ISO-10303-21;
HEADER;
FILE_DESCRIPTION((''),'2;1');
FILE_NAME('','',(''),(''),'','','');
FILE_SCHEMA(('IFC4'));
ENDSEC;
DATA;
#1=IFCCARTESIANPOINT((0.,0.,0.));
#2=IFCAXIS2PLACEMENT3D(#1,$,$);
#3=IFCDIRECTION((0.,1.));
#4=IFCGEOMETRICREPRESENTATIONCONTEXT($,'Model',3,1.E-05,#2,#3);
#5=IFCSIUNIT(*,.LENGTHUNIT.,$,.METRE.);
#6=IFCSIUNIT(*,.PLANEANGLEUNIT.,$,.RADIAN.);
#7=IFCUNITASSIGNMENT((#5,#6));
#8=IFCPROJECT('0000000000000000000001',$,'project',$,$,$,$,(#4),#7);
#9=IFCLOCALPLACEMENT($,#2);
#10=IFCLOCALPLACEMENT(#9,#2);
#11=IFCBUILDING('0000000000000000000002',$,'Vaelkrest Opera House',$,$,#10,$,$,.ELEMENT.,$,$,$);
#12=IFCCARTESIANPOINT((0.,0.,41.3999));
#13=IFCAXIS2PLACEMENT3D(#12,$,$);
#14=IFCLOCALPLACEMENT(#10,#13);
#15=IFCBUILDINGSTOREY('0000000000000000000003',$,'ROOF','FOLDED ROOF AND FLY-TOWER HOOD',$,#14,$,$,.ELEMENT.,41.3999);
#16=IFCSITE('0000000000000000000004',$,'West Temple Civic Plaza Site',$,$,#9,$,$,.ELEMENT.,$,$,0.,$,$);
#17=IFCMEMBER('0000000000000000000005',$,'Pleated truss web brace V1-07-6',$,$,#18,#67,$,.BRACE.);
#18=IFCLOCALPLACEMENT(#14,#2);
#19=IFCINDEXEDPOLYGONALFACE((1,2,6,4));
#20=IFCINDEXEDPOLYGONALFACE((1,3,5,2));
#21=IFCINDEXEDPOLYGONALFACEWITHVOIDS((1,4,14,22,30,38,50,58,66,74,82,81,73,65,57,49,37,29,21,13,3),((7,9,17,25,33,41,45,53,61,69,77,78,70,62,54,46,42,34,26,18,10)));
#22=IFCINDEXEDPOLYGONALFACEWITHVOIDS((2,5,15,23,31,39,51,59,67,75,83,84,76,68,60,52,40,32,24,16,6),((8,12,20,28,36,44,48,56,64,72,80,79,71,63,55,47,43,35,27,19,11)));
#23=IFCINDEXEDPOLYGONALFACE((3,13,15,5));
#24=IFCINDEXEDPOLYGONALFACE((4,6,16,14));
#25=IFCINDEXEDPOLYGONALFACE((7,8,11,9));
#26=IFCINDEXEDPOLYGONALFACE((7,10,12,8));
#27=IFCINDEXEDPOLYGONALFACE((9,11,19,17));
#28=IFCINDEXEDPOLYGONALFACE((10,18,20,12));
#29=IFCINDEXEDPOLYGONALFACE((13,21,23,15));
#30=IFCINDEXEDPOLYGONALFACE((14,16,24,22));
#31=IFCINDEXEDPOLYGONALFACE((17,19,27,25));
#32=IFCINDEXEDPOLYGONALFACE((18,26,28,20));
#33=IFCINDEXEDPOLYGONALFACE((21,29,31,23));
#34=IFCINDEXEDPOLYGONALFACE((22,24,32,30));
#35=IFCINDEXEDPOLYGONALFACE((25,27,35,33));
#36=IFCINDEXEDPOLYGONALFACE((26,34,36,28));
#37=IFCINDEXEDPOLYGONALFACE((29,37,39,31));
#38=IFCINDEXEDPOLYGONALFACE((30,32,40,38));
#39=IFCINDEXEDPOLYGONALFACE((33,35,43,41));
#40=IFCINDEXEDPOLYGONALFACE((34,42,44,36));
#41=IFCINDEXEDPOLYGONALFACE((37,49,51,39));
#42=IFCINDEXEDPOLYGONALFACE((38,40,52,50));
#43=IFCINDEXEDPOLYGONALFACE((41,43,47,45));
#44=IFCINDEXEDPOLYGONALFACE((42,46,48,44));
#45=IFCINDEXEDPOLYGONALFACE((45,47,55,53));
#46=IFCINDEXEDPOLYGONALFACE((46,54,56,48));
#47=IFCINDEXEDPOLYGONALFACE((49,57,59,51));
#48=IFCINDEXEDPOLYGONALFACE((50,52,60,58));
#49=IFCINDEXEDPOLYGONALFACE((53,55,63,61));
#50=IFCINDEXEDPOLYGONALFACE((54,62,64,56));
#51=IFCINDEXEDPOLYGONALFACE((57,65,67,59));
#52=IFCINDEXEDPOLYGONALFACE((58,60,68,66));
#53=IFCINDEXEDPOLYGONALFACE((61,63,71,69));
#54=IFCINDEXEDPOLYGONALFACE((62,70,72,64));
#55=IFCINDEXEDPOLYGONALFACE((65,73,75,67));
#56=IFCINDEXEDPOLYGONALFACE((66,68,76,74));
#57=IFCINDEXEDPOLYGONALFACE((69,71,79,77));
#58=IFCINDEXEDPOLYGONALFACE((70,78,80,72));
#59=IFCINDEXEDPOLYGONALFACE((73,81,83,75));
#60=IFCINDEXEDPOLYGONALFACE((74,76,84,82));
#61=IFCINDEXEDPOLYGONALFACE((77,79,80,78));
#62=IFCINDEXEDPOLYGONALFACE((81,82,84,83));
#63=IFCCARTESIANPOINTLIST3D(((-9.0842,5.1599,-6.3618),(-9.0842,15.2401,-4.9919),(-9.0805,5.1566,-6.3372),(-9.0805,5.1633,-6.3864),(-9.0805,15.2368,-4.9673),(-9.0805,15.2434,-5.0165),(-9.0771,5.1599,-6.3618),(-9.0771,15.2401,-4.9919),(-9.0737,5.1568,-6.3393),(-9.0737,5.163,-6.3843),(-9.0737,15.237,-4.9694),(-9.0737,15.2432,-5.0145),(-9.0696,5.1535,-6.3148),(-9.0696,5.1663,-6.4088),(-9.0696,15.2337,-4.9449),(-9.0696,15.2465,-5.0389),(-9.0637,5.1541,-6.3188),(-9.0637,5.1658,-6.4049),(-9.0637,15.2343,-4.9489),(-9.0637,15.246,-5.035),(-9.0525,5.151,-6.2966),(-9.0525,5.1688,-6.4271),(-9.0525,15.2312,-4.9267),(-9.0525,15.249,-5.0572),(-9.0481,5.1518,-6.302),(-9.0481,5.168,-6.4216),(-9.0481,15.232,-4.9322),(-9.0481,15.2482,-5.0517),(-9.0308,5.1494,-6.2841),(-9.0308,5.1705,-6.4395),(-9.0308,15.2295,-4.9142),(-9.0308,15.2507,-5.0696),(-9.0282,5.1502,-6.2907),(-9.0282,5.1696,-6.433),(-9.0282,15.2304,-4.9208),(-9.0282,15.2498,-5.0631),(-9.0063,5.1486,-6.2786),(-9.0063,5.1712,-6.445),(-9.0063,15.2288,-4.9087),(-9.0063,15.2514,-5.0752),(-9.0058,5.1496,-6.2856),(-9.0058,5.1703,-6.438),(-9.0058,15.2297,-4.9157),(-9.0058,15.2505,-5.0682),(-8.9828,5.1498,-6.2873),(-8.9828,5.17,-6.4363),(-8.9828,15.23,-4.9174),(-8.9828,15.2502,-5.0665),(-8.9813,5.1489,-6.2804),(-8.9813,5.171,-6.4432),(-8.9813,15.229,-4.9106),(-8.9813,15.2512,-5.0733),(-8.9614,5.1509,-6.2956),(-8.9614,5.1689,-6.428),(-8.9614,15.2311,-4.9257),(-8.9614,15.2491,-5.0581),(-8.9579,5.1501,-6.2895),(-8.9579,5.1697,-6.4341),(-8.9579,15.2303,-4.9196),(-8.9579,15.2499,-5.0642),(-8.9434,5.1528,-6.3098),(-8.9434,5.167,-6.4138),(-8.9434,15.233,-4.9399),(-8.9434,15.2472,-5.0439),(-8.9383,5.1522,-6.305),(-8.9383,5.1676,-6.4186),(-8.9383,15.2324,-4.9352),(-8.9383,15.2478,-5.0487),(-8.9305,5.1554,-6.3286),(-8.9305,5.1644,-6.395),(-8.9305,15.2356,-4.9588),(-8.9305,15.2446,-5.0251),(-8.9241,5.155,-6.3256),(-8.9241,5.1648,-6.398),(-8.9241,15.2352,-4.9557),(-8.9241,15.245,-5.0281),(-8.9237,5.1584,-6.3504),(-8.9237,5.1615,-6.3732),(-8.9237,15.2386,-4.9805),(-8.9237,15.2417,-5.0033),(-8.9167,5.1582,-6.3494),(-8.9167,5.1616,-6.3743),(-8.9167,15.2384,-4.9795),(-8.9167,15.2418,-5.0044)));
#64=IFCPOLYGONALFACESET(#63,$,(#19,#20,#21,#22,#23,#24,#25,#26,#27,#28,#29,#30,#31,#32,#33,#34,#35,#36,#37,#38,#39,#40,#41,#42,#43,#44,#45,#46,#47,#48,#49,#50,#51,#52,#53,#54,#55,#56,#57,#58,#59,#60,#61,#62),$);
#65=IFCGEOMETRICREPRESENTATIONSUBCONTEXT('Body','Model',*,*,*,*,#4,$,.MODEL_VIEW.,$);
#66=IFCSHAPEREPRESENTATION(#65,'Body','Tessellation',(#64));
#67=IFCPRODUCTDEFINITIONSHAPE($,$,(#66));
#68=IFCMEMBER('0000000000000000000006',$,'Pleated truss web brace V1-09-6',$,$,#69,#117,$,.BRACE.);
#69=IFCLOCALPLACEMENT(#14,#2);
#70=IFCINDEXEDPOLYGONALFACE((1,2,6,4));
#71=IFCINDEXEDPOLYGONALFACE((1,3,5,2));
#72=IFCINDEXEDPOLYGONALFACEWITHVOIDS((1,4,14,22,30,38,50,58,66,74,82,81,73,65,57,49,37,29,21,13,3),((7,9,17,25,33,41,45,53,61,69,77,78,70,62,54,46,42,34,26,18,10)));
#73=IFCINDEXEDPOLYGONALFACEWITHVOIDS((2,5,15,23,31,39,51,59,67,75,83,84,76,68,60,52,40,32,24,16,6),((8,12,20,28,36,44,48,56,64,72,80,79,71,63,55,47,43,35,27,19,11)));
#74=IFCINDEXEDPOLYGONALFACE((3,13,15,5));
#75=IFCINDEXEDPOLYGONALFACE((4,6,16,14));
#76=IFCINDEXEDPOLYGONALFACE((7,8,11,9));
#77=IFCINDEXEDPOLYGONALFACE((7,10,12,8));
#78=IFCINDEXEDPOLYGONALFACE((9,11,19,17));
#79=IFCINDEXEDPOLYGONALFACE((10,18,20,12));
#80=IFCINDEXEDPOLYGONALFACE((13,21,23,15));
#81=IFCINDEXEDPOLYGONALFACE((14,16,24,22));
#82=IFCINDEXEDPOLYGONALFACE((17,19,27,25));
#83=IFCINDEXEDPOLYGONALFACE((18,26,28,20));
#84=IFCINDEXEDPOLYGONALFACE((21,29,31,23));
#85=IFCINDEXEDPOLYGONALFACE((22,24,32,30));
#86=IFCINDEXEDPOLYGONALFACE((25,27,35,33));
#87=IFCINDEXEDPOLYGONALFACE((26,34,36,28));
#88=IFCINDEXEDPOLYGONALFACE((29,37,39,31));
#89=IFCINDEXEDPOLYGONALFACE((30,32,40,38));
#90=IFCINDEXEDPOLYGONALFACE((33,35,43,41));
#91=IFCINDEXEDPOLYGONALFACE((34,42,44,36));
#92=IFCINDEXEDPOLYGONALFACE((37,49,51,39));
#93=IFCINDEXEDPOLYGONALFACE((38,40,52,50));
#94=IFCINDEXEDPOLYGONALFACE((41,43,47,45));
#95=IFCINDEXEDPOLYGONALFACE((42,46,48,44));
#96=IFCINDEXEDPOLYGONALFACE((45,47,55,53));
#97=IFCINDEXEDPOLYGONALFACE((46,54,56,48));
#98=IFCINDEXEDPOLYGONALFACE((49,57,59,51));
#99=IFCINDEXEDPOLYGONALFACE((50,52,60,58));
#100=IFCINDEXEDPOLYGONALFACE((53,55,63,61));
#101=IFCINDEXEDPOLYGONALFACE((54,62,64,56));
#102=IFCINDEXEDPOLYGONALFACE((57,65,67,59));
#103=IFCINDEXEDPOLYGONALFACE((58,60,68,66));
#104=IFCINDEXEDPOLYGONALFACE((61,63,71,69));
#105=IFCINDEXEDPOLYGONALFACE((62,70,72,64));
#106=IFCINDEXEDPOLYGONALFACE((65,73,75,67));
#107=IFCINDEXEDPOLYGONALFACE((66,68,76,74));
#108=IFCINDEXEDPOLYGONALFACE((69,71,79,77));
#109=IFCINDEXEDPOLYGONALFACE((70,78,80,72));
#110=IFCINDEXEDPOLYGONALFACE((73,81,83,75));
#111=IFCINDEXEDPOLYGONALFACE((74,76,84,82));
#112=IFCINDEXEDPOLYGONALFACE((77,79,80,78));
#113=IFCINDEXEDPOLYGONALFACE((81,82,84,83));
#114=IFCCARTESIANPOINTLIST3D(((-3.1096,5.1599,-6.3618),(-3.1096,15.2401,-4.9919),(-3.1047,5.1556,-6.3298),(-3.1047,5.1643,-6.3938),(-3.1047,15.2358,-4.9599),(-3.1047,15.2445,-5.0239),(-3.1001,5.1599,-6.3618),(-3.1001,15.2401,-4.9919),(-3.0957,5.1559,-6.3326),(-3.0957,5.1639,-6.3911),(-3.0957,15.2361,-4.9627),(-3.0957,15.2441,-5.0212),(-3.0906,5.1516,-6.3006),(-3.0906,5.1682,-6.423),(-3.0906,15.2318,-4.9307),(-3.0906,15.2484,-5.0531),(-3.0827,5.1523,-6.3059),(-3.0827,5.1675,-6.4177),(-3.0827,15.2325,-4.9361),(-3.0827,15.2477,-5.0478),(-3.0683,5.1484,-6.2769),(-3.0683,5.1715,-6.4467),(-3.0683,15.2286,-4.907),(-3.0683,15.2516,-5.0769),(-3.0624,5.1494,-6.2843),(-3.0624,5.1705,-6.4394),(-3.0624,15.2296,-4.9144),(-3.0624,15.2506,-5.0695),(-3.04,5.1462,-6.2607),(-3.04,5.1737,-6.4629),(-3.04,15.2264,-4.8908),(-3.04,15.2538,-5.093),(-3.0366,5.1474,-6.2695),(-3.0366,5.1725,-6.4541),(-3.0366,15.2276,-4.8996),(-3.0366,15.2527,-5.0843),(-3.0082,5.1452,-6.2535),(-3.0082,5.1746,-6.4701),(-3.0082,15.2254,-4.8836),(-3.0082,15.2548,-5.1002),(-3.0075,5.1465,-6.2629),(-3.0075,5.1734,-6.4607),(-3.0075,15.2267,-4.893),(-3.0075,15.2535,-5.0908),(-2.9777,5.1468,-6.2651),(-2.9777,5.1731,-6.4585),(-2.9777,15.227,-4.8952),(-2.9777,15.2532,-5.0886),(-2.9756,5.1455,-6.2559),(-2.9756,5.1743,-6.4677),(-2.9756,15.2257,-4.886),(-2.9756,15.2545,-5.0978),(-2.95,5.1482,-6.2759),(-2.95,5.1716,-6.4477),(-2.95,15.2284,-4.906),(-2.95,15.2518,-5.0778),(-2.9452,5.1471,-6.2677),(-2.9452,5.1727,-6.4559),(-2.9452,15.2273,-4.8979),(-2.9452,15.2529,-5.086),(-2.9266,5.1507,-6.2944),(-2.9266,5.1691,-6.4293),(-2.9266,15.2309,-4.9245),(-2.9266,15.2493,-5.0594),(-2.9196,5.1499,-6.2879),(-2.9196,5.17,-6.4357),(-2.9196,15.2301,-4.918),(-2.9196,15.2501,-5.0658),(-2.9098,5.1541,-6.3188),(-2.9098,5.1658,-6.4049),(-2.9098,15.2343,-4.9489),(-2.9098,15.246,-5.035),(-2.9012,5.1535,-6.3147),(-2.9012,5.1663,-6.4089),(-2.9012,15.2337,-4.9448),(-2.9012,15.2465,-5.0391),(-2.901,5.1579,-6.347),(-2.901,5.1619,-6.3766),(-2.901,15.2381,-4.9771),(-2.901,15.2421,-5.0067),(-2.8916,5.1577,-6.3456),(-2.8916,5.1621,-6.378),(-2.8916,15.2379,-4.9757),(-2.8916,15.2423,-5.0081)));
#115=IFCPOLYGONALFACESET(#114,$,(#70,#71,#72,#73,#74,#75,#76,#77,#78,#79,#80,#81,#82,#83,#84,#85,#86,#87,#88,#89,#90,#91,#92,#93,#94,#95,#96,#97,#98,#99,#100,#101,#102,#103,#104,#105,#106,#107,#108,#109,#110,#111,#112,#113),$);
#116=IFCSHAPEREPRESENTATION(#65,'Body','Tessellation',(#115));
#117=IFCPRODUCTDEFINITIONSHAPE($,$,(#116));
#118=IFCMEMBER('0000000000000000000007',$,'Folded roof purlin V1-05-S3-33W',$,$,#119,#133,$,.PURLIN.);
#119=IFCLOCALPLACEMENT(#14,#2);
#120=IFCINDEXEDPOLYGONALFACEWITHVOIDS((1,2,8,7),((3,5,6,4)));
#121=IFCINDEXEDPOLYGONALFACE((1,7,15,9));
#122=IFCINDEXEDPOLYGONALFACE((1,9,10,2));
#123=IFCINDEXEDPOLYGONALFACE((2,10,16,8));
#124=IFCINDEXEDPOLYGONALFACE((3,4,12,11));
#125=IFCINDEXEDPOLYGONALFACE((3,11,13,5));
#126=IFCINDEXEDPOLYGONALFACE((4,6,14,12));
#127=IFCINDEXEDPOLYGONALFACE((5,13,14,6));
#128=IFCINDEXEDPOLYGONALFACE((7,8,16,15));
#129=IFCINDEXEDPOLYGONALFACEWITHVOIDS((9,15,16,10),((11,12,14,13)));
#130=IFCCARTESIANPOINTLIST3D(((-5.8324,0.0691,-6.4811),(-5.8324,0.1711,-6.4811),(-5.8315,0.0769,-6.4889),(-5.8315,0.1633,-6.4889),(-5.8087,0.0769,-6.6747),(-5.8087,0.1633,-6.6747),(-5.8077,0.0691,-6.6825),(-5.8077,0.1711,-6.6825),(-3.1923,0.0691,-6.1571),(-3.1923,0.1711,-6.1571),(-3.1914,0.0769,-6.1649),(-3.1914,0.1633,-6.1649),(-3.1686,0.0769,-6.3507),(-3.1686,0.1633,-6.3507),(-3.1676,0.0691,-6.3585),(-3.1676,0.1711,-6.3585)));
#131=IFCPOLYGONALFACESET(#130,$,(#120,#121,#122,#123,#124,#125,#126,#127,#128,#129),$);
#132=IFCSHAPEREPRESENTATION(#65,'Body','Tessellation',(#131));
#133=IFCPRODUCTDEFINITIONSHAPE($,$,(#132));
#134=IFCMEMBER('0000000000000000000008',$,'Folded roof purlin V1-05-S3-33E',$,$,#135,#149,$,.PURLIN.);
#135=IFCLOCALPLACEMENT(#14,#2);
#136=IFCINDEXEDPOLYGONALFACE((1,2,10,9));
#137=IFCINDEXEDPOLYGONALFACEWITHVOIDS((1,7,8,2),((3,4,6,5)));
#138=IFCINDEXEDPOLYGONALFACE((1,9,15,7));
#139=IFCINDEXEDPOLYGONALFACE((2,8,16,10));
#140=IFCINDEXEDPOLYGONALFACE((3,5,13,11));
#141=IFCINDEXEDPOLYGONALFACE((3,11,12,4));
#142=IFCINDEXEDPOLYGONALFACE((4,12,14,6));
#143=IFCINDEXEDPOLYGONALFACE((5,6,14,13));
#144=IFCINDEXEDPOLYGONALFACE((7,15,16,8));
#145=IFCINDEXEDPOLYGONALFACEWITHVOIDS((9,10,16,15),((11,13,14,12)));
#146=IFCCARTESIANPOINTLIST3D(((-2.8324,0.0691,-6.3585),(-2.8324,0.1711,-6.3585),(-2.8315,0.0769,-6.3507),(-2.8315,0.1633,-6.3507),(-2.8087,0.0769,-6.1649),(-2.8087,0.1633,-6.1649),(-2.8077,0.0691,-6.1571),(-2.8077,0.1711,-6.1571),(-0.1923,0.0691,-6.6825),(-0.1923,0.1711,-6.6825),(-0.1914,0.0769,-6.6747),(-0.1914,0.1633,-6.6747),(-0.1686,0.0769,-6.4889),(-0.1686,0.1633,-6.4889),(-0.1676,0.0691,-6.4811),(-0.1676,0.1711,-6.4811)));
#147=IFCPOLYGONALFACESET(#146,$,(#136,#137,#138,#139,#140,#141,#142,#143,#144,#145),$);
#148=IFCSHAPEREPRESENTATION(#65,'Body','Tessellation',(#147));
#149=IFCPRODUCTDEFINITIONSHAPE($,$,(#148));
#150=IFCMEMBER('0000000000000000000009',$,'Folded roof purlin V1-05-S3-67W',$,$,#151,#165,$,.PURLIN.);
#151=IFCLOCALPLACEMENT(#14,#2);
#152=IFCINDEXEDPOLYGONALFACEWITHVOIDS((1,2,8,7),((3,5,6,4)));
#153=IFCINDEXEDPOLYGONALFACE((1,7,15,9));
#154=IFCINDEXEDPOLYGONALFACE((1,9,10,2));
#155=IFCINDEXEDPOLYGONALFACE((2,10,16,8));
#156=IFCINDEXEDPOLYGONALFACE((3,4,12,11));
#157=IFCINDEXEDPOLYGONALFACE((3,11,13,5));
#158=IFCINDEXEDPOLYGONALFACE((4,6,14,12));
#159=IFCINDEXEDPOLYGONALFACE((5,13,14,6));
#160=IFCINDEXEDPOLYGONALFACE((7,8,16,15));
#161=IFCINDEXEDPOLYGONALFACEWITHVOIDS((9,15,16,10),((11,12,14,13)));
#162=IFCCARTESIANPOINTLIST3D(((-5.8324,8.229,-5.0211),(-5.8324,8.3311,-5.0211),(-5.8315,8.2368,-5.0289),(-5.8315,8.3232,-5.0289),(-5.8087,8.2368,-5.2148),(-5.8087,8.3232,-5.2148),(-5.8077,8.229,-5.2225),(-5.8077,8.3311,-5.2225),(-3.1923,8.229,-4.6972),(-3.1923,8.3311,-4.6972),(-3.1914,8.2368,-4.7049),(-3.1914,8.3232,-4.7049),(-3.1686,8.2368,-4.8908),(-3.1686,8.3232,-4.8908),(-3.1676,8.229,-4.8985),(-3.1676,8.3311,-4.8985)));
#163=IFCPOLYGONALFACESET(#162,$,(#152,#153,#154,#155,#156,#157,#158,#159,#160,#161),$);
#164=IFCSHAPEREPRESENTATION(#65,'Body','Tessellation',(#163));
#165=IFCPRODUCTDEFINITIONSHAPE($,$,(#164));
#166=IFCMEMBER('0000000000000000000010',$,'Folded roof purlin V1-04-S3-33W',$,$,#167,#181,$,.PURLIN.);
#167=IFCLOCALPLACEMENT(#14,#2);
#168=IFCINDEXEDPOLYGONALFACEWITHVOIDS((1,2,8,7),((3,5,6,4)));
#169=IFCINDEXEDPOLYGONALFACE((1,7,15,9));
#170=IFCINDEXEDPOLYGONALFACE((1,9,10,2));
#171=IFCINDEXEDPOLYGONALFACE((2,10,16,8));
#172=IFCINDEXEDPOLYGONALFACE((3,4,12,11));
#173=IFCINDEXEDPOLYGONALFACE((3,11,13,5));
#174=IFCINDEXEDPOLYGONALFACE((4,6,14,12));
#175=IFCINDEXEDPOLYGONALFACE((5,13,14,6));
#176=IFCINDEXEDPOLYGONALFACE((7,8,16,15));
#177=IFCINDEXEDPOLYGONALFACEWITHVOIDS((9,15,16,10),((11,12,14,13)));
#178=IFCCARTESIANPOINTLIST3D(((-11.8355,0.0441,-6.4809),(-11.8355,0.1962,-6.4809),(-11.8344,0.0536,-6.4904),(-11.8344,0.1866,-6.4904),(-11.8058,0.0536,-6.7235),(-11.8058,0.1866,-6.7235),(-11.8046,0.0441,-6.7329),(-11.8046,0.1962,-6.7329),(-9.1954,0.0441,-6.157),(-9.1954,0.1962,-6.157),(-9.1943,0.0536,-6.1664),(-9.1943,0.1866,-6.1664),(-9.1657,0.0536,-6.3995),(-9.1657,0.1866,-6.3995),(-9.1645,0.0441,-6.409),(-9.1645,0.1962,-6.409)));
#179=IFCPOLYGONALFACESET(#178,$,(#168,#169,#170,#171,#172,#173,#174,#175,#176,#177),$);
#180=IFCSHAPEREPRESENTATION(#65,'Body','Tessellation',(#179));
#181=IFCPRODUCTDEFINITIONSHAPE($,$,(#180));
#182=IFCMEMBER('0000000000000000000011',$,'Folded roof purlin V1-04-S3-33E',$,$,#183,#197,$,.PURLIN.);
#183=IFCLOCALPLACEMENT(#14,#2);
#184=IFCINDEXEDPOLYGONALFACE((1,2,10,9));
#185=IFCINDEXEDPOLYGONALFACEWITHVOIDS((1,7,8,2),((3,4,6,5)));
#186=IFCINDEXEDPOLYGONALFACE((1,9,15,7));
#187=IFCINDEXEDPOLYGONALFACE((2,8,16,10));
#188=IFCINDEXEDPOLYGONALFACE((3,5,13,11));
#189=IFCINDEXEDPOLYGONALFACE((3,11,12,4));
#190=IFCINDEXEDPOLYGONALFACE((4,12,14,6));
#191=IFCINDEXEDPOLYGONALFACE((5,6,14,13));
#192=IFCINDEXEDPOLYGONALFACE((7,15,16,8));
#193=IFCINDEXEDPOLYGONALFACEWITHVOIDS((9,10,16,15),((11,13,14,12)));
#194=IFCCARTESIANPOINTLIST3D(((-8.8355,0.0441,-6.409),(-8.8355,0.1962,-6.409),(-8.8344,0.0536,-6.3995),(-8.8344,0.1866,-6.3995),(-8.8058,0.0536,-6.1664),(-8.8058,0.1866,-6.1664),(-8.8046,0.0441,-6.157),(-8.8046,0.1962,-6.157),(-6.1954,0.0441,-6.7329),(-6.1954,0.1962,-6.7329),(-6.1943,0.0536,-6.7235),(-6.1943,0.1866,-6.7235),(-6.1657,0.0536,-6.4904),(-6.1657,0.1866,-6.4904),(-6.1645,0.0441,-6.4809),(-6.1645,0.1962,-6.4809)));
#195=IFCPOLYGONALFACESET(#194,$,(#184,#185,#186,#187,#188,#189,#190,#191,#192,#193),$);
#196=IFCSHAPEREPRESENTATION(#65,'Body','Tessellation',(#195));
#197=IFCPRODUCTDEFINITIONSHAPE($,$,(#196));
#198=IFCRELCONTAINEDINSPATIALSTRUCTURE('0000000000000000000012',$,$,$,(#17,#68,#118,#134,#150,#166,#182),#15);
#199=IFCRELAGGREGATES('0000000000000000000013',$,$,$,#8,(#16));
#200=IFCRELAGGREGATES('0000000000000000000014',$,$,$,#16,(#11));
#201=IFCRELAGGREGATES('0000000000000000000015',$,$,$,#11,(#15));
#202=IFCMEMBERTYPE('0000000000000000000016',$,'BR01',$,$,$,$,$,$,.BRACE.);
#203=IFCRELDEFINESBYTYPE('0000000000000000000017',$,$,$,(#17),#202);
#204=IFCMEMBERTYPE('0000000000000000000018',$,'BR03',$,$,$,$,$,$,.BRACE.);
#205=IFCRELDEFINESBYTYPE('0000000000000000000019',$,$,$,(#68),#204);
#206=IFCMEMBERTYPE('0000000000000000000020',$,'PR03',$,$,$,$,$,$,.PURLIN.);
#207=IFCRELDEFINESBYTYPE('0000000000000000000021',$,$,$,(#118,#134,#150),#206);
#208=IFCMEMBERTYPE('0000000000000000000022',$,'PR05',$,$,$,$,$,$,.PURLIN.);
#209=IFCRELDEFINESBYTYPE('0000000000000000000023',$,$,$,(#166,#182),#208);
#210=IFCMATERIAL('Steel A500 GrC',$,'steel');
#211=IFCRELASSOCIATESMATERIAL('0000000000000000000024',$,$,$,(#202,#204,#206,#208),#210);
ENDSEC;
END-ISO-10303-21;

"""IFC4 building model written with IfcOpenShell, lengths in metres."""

from ifc_helpers import new_model, si_unit, direction, frame, origin, origin_2d, place, context, subcontext, project, spatial, hollow_rectangle, hollow_circle, extrude, material, material_profile, profile_set, type_object, element, save


model = new_model("IFC4")

# Units and contexts
model_context = context("Model", 3, precision=1e-05, world=origin(), true_north=direction((0.0, 1.0)))
body_context = subcontext(model_context, "Body", "Model", "MODEL_VIEW")
ifc_project = project(units=[si_unit("LENGTHUNIT", "METRE"), si_unit("PLANEANGLEUNIT", "RADIAN")], contexts=[model_context])

# Site, building, storey
site_placement = place(None, origin())
site = spatial("IfcSite", under=ifc_project, at=site_placement, Name="West Temple Civic Plaza Site", CompositionType="ELEMENT", RefElevation=0.0)
building_placement = place(site_placement, origin())
building = spatial("IfcBuilding", under=site, at=building_placement, Name="Vaelkrest Opera House", CompositionType="ELEMENT")
storey_placement = place(building_placement, frame((0.0, 0.0, 41.3999)))
storey = spatial("IfcBuildingStorey", under=building, at=storey_placement, Name="ROOF", Description="FOLDED ROOF AND FLY-TOWER HOOD", CompositionType="ELEMENT", Elevation=41.3999)

# Members
ifc_material_1 = material(Name="Steel A500 GrC", Category="steel")
ifc_material_profile_1 = material_profile(ifc_material_1, hollow_circle(Radius=0.0842, WallThickness=0.0071, at=origin_2d()), Name="HSS168.3X7.1")
ifc_profile_set_1 = profile_set([ifc_material_profile_1], Name="Steel A500 GrC")
member_type_1 = type_object("IfcMemberType", Name="BR01", PredefinedType="BRACE", material=ifc_profile_set_1)
member_1_placement = place(storey_placement, frame((-9.0, 5.1599, -6.3618), z_axis=(0.0, 0.990892, 0.134661), x_axis=(-1.0, 0.0, 0.0)))
element("IfcMember", 1, at=member_1_placement, inside=storey, type_object=member_type_1, Name="Pleated truss web brace V1-07-6", PredefinedType="BRACE", context=body_context, shape_type="SweptSolid", body=[
    extrude(hollow_circle(Radius=0.0842, WallThickness=0.0071, at=origin_2d()), origin(), (0.0, 0.0, 1.0), 10.1729),
])
ifc_material_profile_2 = material_profile(ifc_material_1, hollow_circle(Radius=0.1096, WallThickness=0.0095, at=origin_2d()), Name="HSS219.1X9.5")
ifc_profile_set_2 = profile_set([ifc_material_profile_2], Name="Steel A500 GrC")
member_type_2 = type_object("IfcMemberType", Name="BR03", PredefinedType="BRACE", material=ifc_profile_set_2)
member_2_placement = place(storey_placement, frame((-3.0, 5.1599, -6.3618), z_axis=(0.0, 0.990892, 0.134661), x_axis=(-1.0, 0.0, 0.0)))
element("IfcMember", 2, at=member_2_placement, inside=storey, type_object=member_type_2, Name="Pleated truss web brace V1-09-6", PredefinedType="BRACE", context=body_context, shape_type="SweptSolid", body=[
    extrude(hollow_circle(Radius=0.1096, WallThickness=0.0095, at=origin_2d()), origin(), (0.0, 0.0, 1.0), 10.1729),
])
ifc_material_profile_3 = material_profile(ifc_material_1, hollow_rectangle(XDim=0.1021, YDim=0.2029, WallThickness=0.0078, at=origin_2d()), Name="HSS203X102X8")
ifc_profile_set_3 = profile_set([ifc_material_profile_3], Name="Steel A500 GrC")
member_type_3 = type_object("IfcMemberType", Name="PR03", PredefinedType="PURLIN", material=ifc_profile_set_3)
for number, where, z_axis, x_axis, name in (
    (3, (-5.8201, 0.1201, -6.5818), (0.992555, 0.0, 0.121798), (0.0, 1.0, 0.0), "Folded roof purlin V1-05-S3-33W"),
    (4, (-2.8201, 0.1201, -6.2578), (0.992555, 0.0, -0.121798), (0.0, 1.0, 0.0), "Folded roof purlin V1-05-S3-33E"),
    (5, (-5.8201, 8.28, -5.1218), (0.992555, 0.0, 0.121798), (0.0, 1.0, 0.0), "Folded roof purlin V1-05-S3-67W"),
):
    element("IfcMember", number, at=place(storey_placement, frame(where, z_axis=z_axis, x_axis=x_axis)), inside=storey, type_object=member_type_3, Name=name, PredefinedType="PURLIN", context=body_context, shape_type="SweptSolid", body=[
        extrude(hollow_rectangle(XDim=0.1021, YDim=0.2029, WallThickness=0.0078, at=origin_2d()), origin(), (0.0, 0.0, 1.0), 2.6599),
    ])
ifc_material_profile_4 = material_profile(ifc_material_1, hollow_rectangle(XDim=0.1521, YDim=0.2539, WallThickness=0.0095, at=origin_2d()), Name="HSS254X152X9.5")
ifc_profile_set_4 = profile_set([ifc_material_profile_4], Name="Steel A500 GrC")
member_type_4 = type_object("IfcMemberType", Name="PR05", PredefinedType="PURLIN", material=ifc_profile_set_4)
for number, where, z_axis, x_axis, name in (
    (6, (-11.8201, 0.1201, -6.6069), (0.992555, 0.0, 0.121798), (0.0, 1.0, 0.0), "Folded roof purlin V1-04-S3-33W"),
    (7, (-8.8201, 0.1201, -6.283), (0.992555, 0.0, -0.121798), (0.0, 1.0, 0.0), "Folded roof purlin V1-04-S3-33E"),
):
    element("IfcMember", number, at=place(storey_placement, frame(where, z_axis=z_axis, x_axis=x_axis)), inside=storey, type_object=member_type_4, Name=name, PredefinedType="PURLIN", context=body_context, shape_type="SweptSolid", body=[
        extrude(hollow_rectangle(XDim=0.1521, YDim=0.2539, WallThickness=0.0095, at=origin_2d()), origin(), (0.0, 0.0, 1.0), 2.6599),
    ])

save(model, "model.ifc")
